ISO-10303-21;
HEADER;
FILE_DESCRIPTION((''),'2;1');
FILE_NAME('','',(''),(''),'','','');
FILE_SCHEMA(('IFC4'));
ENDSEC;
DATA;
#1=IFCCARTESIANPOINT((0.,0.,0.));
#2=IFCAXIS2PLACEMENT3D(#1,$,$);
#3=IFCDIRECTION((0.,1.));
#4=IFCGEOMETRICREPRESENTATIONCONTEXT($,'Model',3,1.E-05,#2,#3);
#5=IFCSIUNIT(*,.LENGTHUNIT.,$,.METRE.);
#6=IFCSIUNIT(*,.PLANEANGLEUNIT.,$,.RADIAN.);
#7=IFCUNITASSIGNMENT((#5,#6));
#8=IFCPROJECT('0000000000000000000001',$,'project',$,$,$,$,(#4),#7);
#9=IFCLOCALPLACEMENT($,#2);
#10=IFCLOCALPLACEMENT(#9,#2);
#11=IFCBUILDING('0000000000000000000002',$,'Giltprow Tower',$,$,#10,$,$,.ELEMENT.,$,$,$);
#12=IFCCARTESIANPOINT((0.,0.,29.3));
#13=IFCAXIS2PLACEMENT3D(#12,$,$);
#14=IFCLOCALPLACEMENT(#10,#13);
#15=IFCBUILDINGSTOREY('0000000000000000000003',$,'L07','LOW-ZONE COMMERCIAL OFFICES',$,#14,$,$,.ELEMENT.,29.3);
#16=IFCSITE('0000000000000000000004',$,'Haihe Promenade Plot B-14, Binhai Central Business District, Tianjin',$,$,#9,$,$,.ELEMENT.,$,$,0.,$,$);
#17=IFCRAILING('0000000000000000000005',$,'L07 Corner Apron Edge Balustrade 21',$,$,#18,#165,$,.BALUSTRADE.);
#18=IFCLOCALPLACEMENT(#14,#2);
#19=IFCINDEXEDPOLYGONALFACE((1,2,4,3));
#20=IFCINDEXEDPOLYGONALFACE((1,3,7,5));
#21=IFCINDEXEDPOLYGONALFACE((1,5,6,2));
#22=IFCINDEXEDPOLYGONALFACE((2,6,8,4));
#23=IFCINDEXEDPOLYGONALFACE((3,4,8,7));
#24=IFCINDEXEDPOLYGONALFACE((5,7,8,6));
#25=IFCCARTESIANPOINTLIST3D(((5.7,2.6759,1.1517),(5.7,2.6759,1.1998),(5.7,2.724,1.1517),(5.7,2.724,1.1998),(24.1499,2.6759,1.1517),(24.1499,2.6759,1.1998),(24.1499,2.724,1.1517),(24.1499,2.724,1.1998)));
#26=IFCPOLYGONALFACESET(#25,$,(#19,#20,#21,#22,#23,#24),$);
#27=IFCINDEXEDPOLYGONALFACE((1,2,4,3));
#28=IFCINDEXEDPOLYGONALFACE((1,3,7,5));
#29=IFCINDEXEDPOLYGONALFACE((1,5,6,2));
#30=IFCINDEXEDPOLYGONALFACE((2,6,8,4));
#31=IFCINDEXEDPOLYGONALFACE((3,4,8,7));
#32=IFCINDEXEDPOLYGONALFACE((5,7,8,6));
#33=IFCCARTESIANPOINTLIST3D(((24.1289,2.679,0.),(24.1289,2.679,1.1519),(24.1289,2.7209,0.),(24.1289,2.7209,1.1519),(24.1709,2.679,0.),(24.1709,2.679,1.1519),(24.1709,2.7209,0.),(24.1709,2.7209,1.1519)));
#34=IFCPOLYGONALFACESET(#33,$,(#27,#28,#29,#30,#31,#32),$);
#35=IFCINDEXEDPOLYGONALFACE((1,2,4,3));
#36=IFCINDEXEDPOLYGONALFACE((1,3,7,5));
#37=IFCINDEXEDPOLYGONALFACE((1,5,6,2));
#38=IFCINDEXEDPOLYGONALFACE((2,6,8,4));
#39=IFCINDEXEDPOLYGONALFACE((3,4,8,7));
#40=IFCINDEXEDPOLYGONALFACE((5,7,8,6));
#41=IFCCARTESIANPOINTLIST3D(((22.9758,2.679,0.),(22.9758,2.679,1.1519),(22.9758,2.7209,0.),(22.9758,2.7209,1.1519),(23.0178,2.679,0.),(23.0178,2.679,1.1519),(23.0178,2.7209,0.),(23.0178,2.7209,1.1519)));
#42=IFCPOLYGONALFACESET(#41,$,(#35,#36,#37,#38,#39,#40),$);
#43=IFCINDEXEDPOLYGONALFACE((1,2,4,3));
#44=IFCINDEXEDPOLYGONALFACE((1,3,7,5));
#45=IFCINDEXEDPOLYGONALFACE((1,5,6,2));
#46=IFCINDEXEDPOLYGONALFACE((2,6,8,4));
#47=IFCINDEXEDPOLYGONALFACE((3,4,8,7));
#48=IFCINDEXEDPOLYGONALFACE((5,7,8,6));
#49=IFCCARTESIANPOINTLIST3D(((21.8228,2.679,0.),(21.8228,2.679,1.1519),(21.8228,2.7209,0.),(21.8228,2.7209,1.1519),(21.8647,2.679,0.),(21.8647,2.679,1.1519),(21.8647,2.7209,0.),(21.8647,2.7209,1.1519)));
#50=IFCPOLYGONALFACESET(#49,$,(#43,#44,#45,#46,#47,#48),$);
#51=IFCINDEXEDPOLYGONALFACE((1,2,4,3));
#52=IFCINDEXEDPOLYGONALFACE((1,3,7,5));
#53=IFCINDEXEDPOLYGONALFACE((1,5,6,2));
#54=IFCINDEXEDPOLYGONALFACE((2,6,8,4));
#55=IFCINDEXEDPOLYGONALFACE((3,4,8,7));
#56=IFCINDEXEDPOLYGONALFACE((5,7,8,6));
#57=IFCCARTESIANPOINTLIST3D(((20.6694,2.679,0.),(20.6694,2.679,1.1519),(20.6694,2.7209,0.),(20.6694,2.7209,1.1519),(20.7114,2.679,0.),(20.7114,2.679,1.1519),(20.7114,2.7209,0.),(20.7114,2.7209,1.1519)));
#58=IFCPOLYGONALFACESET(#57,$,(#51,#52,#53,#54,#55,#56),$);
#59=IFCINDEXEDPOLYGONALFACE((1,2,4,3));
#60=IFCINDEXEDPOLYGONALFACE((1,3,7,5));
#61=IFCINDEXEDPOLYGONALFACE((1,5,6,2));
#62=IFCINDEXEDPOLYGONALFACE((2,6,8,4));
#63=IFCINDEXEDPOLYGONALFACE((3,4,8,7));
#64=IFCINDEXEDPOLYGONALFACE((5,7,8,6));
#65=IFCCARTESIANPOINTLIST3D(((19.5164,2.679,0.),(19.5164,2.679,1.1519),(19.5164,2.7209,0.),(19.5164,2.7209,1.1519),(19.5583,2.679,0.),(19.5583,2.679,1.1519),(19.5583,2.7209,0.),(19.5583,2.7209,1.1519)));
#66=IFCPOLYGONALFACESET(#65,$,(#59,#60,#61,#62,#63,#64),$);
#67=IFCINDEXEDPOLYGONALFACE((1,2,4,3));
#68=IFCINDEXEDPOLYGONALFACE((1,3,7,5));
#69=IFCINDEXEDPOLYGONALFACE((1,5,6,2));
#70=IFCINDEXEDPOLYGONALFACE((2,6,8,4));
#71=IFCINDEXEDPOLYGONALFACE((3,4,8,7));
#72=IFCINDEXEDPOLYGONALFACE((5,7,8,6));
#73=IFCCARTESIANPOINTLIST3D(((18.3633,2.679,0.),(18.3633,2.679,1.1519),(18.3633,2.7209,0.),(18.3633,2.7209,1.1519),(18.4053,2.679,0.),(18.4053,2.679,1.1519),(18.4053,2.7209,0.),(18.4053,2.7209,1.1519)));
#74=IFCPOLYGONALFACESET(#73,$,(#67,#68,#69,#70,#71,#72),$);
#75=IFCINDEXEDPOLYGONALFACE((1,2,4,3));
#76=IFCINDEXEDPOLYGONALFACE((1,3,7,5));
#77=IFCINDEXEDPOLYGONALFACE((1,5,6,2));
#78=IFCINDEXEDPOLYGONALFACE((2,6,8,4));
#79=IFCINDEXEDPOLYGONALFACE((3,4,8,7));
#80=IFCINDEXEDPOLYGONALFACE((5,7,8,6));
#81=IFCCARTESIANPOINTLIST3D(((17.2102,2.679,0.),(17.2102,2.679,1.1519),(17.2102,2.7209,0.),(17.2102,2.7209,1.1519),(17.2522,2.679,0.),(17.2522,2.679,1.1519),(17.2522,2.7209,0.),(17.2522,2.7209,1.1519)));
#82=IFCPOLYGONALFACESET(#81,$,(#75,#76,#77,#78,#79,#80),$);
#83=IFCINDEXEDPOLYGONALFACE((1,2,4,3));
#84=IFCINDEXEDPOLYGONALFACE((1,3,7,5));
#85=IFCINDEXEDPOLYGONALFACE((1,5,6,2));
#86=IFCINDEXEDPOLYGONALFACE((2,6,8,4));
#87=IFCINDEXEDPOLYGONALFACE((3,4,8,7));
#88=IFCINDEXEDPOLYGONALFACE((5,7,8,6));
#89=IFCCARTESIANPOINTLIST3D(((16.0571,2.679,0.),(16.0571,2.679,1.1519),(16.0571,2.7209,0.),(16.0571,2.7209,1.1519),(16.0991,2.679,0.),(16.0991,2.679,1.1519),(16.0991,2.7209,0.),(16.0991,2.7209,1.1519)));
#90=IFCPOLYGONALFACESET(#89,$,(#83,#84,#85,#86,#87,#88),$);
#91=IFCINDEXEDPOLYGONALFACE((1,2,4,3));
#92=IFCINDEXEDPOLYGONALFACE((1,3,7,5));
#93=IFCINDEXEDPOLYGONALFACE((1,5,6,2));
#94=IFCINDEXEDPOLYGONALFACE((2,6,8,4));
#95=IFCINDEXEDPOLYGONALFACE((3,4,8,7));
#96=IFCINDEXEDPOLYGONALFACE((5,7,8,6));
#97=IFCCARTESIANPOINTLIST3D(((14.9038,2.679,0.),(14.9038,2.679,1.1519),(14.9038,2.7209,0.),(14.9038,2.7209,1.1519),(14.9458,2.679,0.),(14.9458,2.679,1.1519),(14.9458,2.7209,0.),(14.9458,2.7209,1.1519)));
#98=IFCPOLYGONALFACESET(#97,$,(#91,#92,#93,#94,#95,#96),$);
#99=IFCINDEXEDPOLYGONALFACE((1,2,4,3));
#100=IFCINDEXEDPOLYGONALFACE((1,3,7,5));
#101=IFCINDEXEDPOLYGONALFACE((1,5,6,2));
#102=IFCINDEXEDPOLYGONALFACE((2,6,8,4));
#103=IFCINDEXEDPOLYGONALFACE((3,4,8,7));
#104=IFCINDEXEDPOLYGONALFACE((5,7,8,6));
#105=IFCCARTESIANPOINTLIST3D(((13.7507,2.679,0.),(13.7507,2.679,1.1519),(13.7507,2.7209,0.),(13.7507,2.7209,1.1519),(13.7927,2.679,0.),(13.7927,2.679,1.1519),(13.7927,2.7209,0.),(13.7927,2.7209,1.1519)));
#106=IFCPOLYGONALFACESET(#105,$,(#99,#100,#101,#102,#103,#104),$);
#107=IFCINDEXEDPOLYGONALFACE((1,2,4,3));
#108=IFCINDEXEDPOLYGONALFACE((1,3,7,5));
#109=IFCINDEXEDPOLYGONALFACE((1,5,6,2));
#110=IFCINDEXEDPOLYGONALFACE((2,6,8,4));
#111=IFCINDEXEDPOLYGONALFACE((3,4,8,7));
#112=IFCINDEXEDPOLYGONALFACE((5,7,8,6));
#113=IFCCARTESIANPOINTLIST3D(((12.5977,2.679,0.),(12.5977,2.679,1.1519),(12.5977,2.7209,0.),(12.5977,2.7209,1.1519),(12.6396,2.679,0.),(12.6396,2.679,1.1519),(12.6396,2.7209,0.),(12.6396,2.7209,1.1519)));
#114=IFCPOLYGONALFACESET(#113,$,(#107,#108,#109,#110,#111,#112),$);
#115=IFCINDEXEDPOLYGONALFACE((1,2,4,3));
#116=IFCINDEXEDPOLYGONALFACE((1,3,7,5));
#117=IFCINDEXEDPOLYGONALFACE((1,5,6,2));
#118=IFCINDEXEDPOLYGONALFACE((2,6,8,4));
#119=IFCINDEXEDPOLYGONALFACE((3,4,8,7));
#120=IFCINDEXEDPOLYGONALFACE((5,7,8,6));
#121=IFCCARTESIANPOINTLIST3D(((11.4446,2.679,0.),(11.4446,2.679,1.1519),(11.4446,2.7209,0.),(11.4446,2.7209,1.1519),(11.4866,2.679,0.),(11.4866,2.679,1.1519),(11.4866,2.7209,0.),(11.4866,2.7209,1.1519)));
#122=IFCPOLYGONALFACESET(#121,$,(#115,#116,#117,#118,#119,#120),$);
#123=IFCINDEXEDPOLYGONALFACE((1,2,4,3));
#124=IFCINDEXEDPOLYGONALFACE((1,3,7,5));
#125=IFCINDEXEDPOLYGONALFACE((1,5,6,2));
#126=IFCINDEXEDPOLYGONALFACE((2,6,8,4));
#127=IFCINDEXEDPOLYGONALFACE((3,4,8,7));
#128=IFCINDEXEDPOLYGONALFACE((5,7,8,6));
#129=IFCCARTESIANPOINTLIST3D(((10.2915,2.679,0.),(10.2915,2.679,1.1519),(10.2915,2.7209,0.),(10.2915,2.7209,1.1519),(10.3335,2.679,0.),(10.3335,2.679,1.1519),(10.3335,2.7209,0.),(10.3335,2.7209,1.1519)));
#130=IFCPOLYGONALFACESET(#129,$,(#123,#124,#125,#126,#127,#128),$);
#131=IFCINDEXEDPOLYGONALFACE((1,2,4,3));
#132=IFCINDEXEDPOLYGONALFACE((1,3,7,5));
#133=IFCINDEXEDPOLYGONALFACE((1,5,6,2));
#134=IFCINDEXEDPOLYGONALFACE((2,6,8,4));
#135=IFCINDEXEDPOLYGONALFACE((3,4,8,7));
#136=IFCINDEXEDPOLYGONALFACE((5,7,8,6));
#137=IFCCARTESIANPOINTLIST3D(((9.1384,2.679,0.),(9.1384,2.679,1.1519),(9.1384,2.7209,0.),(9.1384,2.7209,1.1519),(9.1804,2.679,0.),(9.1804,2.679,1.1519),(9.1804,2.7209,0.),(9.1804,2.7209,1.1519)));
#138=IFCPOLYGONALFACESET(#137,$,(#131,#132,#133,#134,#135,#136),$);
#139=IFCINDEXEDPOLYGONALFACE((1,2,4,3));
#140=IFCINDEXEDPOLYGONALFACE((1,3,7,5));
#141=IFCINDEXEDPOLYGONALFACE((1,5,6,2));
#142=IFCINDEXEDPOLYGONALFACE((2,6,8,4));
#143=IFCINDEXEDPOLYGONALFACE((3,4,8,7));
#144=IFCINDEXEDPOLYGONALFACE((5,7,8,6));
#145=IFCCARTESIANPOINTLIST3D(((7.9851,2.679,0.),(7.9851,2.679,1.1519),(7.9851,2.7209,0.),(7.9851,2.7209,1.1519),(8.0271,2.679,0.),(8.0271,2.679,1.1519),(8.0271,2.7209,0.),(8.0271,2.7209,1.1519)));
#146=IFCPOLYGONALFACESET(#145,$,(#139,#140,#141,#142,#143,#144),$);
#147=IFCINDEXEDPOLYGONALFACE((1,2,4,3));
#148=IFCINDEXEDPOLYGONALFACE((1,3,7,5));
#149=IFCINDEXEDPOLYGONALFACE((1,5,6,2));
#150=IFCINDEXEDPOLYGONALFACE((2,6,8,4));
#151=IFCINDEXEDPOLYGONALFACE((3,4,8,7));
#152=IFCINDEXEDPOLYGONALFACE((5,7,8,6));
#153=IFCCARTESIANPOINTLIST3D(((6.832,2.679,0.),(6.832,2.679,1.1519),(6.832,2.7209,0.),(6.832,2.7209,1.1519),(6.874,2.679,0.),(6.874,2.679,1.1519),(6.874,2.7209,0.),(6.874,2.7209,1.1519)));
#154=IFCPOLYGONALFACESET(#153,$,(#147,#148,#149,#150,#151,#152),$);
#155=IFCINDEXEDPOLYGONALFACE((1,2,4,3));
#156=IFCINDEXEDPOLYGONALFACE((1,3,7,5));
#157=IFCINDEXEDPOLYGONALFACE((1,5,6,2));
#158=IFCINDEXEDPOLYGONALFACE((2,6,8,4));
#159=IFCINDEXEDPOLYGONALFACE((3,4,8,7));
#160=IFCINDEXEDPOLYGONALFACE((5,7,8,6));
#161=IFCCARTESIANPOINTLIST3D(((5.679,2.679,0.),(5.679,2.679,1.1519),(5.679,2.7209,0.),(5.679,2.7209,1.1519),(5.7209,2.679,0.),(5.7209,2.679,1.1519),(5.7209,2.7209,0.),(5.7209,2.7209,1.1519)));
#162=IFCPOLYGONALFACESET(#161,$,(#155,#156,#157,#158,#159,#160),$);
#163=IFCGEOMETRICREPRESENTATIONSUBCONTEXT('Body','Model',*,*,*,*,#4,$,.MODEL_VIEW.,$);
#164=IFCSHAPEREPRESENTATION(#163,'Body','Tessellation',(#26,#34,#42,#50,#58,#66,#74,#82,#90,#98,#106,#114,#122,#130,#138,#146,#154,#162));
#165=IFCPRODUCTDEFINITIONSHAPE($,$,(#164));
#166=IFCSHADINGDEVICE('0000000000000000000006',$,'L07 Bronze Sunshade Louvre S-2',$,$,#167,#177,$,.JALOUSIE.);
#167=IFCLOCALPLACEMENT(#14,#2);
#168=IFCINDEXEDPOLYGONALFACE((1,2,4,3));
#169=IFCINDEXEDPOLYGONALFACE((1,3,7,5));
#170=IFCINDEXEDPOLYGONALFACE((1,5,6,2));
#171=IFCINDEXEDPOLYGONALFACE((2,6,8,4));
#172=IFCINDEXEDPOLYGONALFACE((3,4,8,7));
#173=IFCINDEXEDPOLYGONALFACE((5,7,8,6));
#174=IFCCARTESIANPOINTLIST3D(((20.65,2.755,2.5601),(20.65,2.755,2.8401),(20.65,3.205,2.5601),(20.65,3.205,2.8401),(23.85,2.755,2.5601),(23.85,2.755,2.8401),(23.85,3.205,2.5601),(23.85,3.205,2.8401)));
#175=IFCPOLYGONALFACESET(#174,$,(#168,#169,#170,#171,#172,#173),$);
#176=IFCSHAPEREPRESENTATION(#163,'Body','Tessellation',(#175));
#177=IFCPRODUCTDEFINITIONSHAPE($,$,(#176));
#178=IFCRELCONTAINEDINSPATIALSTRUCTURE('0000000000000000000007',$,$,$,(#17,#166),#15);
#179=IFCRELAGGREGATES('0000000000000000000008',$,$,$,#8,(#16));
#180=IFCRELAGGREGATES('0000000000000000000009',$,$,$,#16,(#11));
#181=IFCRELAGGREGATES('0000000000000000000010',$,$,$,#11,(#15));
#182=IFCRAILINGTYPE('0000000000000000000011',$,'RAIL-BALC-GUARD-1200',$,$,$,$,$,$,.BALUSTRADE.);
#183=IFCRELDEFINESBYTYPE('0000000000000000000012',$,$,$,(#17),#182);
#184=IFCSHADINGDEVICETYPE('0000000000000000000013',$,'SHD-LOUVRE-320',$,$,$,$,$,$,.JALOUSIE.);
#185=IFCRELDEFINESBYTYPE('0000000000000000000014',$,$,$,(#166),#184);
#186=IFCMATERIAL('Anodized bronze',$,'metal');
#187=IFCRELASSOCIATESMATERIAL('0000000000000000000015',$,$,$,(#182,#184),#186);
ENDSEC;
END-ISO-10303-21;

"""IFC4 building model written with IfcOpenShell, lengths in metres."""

from ifc_helpers import new_model, si_unit, direction, frame, origin, origin_2d, place, context, subcontext, project, spatial, rectangle, extrude, source, transform, mapped, material, type_object, element, save


model = new_model("IFC4")

# Units and contexts
model_context = context("Model", 3, precision=1e-05, world=origin(), true_north=direction((0.0, 1.0)))
body_context = subcontext(model_context, "Body", "Model", "MODEL_VIEW")
ifc_project = project(units=[si_unit("LENGTHUNIT", "METRE"), si_unit("PLANEANGLEUNIT", "RADIAN")], contexts=[model_context])

# Site, building, storey
site_placement = place(None, origin())
site = spatial("IfcSite", under=ifc_project, at=site_placement, Name="Haihe Promenade Plot B-14, Binhai Central Business District, Tianjin", CompositionType="ELEMENT", RefElevation=0.0)
building_placement = place(site_placement, origin())
building = spatial("IfcBuilding", under=site, at=building_placement, Name="Giltprow Tower", CompositionType="ELEMENT")
storey_placement = place(building_placement, frame((0.0, 0.0, 29.3)))
storey = spatial("IfcBuildingStorey", under=building, at=storey_placement, Name="L07", Description="LOW-ZONE COMMERCIAL OFFICES", CompositionType="ELEMENT", Elevation=29.3)

# Shared definitions
ifc_material_1 = material(Name="Anodized bronze", Category="metal")

# Railing
railing_type = type_object("IfcRailingType", Name="RAIL-BALC-GUARD-1200", PredefinedType="BALUSTRADE", material=ifc_material_1)
railing_1_placement = place(storey_placement, frame((24.1499, 2.7, 0.0)))
element("IfcRailing", 1, at=railing_1_placement, inside=storey, type_object=railing_type, Name="L07 Corner Apron Edge Balustrade 21", PredefinedType="BALUSTRADE", context=body_context, shape_type="SweptSolid", body=[
    extrude(rectangle(XDim=0.0481, YDim=0.0481, at=origin_2d()), frame((0.0, 0.0, 1.1758), z_axis=(-1.0, 0.0, 0.0), x_axis=(0.0, -1.0, 0.0)), (0.0, 0.0, 1.0), 18.45),
    extrude(rectangle(XDim=0.042, YDim=0.042, at=origin_2d()), origin(), (0.0, 0.0, 1.0), 1.1519),
    extrude(rectangle(XDim=0.042, YDim=0.042, at=origin_2d()), frame((-1.1531, 0.0, 0.0)), (0.0, 0.0, 1.0), 1.1519),
    extrude(rectangle(XDim=0.042, YDim=0.042, at=origin_2d()), frame((-2.3062, 0.0, 0.0)), (0.0, 0.0, 1.0), 1.1519),
    extrude(rectangle(XDim=0.042, YDim=0.042, at=origin_2d()), frame((-3.4595, 0.0, 0.0)), (0.0, 0.0, 1.0), 1.1519),
    extrude(rectangle(XDim=0.042, YDim=0.042, at=origin_2d()), frame((-4.6125, 0.0, 0.0)), (0.0, 0.0, 1.0), 1.1519),
    extrude(rectangle(XDim=0.042, YDim=0.042, at=origin_2d()), frame((-5.7656, 0.0, 0.0)), (0.0, 0.0, 1.0), 1.1519),
    extrude(rectangle(XDim=0.042, YDim=0.042, at=origin_2d()), frame((-6.9187, 0.0, 0.0)), (0.0, 0.0, 1.0), 1.1519),
    extrude(rectangle(XDim=0.042, YDim=0.042, at=origin_2d()), frame((-8.0718, 0.0, 0.0)), (0.0, 0.0, 1.0), 1.1519),
    extrude(rectangle(XDim=0.042, YDim=0.042, at=origin_2d()), frame((-9.2251, 0.0, 0.0)), (0.0, 0.0, 1.0), 1.1519),
    extrude(rectangle(XDim=0.042, YDim=0.042, at=origin_2d()), frame((-10.3782, 0.0, 0.0)), (0.0, 0.0, 1.0), 1.1519),
    extrude(rectangle(XDim=0.042, YDim=0.042, at=origin_2d()), frame((-11.5312, 0.0, 0.0)), (0.0, 0.0, 1.0), 1.1519),
    extrude(rectangle(XDim=0.042, YDim=0.042, at=origin_2d()), frame((-12.6843, 0.0, 0.0)), (0.0, 0.0, 1.0), 1.1519),
    extrude(rectangle(XDim=0.042, YDim=0.042, at=origin_2d()), frame((-13.8374, 0.0, 0.0)), (0.0, 0.0, 1.0), 1.1519),
    extrude(rectangle(XDim=0.042, YDim=0.042, at=origin_2d()), frame((-14.9905, 0.0, 0.0)), (0.0, 0.0, 1.0), 1.1519),
    extrude(rectangle(XDim=0.042, YDim=0.042, at=origin_2d()), frame((-16.1438, 0.0, 0.0)), (0.0, 0.0, 1.0), 1.1519),
    extrude(rectangle(XDim=0.042, YDim=0.042, at=origin_2d()), frame((-17.2969, 0.0, 0.0)), (0.0, 0.0, 1.0), 1.1519),
    extrude(rectangle(XDim=0.042, YDim=0.042, at=origin_2d()), frame((-18.45, 0.0, 0.0)), (0.0, 0.0, 1.0), 1.1519),
])

# Shading device
shading_device_type = type_object("IfcShadingDeviceType", Name="SHD-LOUVRE-320", PredefinedType="JALOUSIE", material=ifc_material_1)
shared_shape_1 = source(origin(), body_context, "Body", "SweptSolid", [
    extrude(rectangle(XDim=3.2, YDim=0.45, at=origin_2d()), origin(), (0.0, 0.0, 1.0), 0.28),
])
shading_device_placement = place(storey_placement, frame((22.25, 2.98, 2.5601), z_axis=(0.0, 0.0, 1.0), x_axis=(1.0, 0.0, 0.0)))
element("IfcShadingDevice", 2, at=shading_device_placement, inside=storey, type_object=shading_device_type, Name="L07 Bronze Sunshade Louvre S-2", PredefinedType="JALOUSIE", context=body_context, shape_type="MappedRepresentation", body=[
    mapped(shared_shape_1, transform((0.0, 0.0, 0.0), x_axis=(1.0, 0.0, 0.0), y_axis=(0.0, 1.0, 0.0), z_axis=(0.0, 0.0, 1.0), scale=1.0)),
])

save(model, "model.ifc")
